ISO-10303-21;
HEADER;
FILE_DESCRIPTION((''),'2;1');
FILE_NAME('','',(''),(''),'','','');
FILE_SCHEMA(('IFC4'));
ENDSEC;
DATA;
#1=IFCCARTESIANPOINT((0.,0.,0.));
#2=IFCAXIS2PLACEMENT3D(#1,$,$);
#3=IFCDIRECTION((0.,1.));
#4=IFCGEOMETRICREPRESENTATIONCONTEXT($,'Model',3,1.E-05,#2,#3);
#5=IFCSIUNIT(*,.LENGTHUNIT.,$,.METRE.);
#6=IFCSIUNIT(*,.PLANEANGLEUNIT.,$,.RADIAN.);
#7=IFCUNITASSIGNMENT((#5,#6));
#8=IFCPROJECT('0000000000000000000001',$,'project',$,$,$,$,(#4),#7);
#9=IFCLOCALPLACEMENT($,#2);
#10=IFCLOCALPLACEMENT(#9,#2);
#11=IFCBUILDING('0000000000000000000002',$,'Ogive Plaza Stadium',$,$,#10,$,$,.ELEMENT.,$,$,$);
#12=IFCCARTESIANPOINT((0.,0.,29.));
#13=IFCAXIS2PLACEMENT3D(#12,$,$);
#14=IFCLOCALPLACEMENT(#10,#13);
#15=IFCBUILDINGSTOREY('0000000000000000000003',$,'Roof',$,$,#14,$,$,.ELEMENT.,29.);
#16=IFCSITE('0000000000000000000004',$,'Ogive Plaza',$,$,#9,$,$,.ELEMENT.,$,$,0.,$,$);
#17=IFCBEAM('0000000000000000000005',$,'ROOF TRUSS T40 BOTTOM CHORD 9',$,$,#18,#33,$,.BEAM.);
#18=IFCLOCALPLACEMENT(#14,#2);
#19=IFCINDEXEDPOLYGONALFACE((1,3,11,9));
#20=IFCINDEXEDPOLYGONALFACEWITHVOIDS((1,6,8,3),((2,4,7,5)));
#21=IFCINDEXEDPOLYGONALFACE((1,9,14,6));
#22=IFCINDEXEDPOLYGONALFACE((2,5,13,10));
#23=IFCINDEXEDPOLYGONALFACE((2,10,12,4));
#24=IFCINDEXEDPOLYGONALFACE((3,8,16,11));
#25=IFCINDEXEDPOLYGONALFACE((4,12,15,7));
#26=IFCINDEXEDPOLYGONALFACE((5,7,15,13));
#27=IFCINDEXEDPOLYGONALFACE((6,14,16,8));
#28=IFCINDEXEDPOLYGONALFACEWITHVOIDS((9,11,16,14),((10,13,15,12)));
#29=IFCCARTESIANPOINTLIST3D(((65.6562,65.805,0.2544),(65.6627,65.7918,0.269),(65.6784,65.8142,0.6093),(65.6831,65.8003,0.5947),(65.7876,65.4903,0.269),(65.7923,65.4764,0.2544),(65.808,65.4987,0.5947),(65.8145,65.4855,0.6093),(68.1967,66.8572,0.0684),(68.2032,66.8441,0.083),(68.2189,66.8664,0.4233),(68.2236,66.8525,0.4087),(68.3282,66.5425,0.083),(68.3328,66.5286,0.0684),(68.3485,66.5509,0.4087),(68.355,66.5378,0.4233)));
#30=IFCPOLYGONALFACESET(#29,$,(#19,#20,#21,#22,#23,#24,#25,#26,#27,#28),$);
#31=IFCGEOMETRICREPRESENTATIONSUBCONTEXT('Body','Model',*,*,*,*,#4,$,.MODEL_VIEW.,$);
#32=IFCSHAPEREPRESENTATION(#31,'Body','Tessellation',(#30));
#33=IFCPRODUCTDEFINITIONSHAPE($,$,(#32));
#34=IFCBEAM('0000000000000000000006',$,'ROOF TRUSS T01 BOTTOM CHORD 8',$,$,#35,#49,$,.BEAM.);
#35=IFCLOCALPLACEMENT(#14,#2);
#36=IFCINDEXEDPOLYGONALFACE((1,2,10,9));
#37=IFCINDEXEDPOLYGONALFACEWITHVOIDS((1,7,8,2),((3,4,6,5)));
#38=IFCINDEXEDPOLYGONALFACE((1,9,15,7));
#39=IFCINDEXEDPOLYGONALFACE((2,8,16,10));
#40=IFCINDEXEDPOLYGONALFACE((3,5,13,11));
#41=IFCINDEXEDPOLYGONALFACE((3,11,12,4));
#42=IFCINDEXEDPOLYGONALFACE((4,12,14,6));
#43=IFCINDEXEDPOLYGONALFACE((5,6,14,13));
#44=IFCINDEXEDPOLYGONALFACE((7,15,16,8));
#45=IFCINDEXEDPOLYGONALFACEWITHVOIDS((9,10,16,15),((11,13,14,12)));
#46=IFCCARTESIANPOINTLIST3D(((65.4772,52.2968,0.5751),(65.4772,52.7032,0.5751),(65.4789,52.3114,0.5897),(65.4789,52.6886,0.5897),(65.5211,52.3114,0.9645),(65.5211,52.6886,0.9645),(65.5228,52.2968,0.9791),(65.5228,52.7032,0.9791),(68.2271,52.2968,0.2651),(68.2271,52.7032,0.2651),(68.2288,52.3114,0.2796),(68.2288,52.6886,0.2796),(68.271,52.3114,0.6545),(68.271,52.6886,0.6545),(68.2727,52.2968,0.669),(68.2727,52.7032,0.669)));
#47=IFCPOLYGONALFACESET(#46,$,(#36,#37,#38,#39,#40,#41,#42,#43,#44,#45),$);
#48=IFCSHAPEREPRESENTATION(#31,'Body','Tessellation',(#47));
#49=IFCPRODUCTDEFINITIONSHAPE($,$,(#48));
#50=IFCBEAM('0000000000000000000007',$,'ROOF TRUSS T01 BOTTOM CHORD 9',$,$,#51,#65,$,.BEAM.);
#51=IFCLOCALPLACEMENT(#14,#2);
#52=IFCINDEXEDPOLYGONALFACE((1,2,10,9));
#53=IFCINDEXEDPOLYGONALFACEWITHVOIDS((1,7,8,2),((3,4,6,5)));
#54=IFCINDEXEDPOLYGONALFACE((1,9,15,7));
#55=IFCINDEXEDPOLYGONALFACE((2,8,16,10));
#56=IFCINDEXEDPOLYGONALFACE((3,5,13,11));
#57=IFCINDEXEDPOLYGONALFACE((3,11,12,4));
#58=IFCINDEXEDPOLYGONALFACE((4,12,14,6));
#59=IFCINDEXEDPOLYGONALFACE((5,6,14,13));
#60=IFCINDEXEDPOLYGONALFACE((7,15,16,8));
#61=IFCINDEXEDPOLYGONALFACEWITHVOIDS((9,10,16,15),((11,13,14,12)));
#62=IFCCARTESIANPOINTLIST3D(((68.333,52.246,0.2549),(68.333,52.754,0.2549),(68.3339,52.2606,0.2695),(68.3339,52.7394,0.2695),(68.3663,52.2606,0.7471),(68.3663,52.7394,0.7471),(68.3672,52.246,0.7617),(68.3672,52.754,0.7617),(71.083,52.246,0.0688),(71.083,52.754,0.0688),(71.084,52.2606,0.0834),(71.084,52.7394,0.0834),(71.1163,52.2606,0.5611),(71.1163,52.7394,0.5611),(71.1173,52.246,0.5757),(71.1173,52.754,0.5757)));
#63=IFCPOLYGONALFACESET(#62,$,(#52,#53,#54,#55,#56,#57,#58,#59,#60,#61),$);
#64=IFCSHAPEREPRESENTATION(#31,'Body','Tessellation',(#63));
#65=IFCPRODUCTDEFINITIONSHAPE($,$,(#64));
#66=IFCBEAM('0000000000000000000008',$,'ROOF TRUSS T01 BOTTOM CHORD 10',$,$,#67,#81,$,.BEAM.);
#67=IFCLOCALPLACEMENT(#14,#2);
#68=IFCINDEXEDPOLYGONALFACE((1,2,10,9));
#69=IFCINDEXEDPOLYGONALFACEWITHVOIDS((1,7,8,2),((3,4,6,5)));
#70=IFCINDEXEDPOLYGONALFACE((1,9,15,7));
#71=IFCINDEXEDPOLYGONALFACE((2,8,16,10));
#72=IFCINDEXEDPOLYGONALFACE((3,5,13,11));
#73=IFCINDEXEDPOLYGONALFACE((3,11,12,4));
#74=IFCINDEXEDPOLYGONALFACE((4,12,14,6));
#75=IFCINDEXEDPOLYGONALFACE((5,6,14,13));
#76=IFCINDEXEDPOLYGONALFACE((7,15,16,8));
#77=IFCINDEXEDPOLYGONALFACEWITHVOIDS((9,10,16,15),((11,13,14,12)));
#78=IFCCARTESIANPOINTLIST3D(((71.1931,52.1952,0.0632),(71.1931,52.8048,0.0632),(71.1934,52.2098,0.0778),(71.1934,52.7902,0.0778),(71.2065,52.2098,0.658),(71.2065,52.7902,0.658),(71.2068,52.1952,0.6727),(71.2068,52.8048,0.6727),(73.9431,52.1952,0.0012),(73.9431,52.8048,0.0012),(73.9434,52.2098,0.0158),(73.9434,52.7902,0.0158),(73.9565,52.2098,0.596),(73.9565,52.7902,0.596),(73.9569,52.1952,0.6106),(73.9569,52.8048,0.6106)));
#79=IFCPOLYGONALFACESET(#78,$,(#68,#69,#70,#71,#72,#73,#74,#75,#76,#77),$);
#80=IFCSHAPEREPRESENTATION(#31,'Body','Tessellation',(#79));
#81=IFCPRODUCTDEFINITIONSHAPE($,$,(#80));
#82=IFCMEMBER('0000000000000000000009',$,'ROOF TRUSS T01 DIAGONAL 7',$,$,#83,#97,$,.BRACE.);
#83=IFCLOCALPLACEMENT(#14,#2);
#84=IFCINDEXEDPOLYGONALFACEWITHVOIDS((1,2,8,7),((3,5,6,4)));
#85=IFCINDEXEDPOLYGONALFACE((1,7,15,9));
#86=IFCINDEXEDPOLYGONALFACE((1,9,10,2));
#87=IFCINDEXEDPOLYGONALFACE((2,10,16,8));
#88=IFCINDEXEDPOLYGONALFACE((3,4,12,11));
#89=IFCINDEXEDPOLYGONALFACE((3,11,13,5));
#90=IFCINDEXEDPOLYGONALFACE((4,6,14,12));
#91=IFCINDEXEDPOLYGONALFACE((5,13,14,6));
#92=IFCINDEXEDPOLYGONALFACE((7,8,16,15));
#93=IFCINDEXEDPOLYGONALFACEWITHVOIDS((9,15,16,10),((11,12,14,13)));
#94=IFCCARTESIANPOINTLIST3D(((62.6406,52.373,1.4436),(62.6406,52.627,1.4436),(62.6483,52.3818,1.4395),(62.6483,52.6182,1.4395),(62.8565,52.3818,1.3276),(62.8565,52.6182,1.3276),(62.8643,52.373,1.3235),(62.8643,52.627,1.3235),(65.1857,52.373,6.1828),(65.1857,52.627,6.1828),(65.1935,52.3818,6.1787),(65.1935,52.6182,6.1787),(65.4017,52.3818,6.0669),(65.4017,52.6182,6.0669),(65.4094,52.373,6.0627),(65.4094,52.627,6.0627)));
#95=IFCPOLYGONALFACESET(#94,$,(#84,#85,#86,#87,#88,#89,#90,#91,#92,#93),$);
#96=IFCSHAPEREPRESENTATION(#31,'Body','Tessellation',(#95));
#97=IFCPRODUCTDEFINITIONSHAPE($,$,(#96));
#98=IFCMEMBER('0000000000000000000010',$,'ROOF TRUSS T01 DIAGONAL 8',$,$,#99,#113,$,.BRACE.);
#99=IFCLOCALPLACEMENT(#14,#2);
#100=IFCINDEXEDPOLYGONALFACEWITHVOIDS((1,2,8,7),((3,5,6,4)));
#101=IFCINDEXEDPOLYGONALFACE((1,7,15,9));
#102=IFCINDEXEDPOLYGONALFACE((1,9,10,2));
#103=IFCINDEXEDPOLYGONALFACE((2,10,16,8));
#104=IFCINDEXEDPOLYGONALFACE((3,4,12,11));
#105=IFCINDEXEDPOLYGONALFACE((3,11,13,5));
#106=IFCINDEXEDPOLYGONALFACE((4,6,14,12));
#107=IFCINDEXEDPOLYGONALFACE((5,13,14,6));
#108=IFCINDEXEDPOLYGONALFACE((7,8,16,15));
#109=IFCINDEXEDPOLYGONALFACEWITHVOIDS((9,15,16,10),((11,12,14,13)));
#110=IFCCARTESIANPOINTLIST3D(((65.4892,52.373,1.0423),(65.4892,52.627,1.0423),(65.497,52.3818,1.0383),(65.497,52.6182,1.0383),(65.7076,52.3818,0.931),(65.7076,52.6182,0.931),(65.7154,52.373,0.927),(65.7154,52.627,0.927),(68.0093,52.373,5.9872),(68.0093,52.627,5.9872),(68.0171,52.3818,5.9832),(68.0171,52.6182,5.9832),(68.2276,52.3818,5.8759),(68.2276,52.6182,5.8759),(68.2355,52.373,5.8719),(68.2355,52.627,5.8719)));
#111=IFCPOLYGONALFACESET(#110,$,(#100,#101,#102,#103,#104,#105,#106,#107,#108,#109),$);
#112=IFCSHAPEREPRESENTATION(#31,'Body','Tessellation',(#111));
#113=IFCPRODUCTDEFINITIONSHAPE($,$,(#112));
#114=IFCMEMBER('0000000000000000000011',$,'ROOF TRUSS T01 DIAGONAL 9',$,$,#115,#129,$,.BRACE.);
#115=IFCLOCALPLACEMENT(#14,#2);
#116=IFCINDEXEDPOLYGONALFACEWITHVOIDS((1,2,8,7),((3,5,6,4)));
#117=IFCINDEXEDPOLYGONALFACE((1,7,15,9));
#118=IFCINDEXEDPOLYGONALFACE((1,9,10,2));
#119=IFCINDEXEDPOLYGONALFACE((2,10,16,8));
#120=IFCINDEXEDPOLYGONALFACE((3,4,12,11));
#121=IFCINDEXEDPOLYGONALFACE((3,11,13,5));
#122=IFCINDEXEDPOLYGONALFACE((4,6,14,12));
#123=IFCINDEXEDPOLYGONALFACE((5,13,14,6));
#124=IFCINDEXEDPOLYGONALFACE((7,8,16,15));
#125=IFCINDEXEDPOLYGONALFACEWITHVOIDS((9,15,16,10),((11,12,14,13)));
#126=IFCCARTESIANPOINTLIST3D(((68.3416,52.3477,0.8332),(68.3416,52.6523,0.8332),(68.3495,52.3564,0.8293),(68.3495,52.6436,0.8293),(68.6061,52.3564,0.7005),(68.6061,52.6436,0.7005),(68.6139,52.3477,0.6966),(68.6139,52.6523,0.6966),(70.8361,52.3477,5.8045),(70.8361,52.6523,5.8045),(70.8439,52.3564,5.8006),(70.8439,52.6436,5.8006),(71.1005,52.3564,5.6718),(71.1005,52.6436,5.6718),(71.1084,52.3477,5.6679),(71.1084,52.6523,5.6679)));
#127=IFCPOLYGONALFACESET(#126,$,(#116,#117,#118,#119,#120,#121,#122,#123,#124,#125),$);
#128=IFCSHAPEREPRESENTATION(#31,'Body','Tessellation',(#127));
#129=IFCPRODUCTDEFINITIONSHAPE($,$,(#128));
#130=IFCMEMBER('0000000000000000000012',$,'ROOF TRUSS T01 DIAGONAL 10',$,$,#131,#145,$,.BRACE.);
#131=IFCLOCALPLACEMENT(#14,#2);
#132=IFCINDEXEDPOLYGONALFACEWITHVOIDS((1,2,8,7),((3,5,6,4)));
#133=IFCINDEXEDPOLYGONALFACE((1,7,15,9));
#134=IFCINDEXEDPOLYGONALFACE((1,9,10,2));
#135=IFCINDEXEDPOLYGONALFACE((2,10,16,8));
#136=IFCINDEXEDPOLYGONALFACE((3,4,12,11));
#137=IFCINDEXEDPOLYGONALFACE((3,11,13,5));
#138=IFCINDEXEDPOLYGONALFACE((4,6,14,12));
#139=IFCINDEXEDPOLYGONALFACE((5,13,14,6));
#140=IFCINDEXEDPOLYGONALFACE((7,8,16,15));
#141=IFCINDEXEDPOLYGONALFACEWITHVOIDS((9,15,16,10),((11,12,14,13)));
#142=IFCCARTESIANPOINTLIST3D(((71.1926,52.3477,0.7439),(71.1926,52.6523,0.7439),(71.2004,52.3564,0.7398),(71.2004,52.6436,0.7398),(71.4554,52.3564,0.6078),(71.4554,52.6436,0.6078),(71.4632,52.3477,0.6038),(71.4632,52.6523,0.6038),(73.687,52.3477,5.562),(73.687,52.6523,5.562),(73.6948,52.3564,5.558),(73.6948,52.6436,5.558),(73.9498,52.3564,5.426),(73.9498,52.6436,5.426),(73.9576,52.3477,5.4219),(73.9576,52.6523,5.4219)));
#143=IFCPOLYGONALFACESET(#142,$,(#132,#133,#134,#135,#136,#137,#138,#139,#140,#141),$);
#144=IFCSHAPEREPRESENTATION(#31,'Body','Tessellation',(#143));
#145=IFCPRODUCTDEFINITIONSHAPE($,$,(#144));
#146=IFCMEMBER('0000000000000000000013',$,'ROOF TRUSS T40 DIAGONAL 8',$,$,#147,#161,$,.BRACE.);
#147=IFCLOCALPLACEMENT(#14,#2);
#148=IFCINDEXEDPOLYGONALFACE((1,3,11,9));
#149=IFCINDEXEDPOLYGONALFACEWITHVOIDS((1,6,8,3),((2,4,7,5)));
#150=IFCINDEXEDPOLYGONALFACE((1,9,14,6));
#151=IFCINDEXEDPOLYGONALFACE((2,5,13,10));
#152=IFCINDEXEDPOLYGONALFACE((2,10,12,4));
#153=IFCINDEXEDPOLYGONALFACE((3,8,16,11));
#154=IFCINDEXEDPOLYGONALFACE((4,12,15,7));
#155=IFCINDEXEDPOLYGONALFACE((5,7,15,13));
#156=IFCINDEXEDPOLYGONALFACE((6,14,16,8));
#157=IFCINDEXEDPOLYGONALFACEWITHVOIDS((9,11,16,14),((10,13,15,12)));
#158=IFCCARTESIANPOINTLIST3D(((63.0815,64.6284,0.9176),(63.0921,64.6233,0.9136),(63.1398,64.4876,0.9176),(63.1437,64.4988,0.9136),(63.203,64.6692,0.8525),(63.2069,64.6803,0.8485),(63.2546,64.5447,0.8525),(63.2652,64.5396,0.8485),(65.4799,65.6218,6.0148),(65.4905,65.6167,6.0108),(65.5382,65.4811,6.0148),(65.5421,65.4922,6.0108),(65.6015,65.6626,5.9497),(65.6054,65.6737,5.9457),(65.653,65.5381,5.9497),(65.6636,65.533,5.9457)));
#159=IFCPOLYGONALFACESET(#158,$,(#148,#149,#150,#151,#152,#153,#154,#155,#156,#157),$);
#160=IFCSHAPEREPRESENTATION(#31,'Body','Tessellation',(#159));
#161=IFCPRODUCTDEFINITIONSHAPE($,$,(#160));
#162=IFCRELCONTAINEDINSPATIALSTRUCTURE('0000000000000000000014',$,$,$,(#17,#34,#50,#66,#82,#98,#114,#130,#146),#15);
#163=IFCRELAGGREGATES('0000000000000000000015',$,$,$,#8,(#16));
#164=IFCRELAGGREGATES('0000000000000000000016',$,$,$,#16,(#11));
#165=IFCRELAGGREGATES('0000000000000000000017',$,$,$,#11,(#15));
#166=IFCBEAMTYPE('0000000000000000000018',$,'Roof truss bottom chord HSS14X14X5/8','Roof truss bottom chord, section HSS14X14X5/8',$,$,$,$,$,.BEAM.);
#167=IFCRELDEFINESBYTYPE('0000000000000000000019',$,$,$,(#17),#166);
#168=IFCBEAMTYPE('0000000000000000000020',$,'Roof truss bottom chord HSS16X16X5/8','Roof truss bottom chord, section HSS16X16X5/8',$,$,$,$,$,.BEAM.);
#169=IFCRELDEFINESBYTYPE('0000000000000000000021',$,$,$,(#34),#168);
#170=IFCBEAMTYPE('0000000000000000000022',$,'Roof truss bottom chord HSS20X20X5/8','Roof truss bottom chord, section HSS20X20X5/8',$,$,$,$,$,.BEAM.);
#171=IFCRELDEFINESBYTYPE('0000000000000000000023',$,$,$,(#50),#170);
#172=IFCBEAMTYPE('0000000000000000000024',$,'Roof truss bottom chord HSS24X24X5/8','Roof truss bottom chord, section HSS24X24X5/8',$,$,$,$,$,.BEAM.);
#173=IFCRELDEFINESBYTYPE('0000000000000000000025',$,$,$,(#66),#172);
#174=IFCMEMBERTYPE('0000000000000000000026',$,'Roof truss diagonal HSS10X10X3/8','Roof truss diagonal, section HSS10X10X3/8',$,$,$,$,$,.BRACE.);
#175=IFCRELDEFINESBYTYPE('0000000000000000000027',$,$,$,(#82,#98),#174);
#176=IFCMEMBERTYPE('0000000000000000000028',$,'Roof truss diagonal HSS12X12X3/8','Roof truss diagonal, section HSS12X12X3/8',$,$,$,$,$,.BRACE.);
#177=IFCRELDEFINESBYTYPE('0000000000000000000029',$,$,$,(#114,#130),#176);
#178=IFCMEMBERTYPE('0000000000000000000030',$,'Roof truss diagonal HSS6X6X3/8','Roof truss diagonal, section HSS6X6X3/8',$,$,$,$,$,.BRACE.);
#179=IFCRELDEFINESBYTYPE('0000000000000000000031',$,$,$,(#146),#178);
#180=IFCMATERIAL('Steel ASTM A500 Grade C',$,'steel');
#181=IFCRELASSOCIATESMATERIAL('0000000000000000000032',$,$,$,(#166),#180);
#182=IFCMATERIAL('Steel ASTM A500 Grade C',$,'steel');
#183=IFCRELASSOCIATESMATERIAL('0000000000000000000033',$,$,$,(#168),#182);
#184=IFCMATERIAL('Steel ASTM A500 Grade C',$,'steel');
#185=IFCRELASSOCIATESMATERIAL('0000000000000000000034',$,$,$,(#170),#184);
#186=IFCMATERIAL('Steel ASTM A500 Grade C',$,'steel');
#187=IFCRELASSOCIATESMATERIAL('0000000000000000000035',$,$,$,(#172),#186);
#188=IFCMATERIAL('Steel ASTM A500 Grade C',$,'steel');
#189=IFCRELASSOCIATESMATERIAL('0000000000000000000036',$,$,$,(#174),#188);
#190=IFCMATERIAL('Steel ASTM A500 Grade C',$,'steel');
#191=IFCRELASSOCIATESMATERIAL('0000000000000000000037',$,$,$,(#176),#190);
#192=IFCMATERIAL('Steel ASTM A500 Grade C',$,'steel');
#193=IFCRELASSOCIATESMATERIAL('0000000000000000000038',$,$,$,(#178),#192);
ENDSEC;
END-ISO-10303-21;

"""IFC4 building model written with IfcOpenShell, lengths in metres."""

from ifc_helpers import new_model, si_unit, direction, frame, origin, origin_2d, place, context, subcontext, project, spatial, hollow_rectangle, extrude, material, material_profile, profile_set, type_object, element, save


model = new_model("IFC4")

# Units and contexts
model_context = context("Model", 3, precision=1e-05, world=origin(), true_north=direction((0.0, 1.0)))
body_context = subcontext(model_context, "Body", "Model", "MODEL_VIEW")
ifc_project = project(units=[si_unit("LENGTHUNIT", "METRE"), si_unit("PLANEANGLEUNIT", "RADIAN")], contexts=[model_context])

# Site, building, storey
site_placement = place(None, origin())
site = spatial("IfcSite", under=ifc_project, at=site_placement, Name="Ogive Plaza", CompositionType="ELEMENT", RefElevation=0.0)
building_placement = place(site_placement, origin())
building = spatial("IfcBuilding", under=site, at=building_placement, Name="Ogive Plaza Stadium", CompositionType="ELEMENT")
storey_placement = place(building_placement, frame((0.0, 0.0, 29.0)))
storey = spatial("IfcBuildingStorey", under=building, at=storey_placement, Name="Roof", CompositionType="ELEMENT", Elevation=29.0)

# Beams
ifc_material_1 = material(Name="Steel ASTM A500 Grade C", Category="steel")
ifc_material_profile_1 = material_profile(ifc_material_1, hollow_rectangle(XDim=0.3557, YDim=0.3557, WallThickness=0.0146, at=origin_2d()), Name="HSS14X14X5/8")
ifc_profile_set_1 = profile_set([ifc_material_profile_1], Name="Steel ASTM A500 Grade C")
beam_type_1 = type_object("IfcBeamType", Name="Roof truss bottom chord HSS14X14X5/8", Description="Roof truss bottom chord, section HSS14X14X5/8", PredefinedType="BEAM", material=ifc_profile_set_1)
beam_1_placement = place(storey_placement, frame((65.7354, 65.6453, 0.4319), z_axis=(0.921782, 0.381787, -0.067499), x_axis=(-0.38266, 0.923889, 0.0)))
element("IfcBeam", 1, at=beam_1_placement, inside=storey, type_object=beam_type_1, Name="ROOF TRUSS T40 BOTTOM CHORD 9", PredefinedType="BEAM", context=body_context, shape_type="SweptSolid", body=[
    extrude(hollow_rectangle(XDim=0.3557, YDim=0.3557, WallThickness=0.0146, at=origin_2d()), origin(), (0.0, 0.0, 1.0), 2.7561),
])
ifc_material_2 = material(Name="Steel ASTM A500 Grade C", Category="steel")
ifc_material_profile_2 = material_profile(ifc_material_2, hollow_rectangle(XDim=0.4065, YDim=0.4065, WallThickness=0.0146, at=origin_2d()), Name="HSS16X16X5/8")
ifc_profile_set_2 = profile_set([ifc_material_profile_2], Name="Steel ASTM A500 Grade C")
beam_type_2 = type_object("IfcBeamType", Name="Roof truss bottom chord HSS16X16X5/8", Description="Roof truss bottom chord, section HSS16X16X5/8", PredefinedType="BEAM", material=ifc_profile_set_2)
beam_2_placement = place(storey_placement, frame((65.5, 52.5, 0.7771), z_axis=(0.993704, 0.0, -0.112039), x_axis=(0.0, 1.0, 0.0)))
element("IfcBeam", 2, at=beam_2_placement, inside=storey, type_object=beam_type_2, Name="ROOF TRUSS T01 BOTTOM CHORD 8", PredefinedType="BEAM", context=body_context, shape_type="SweptSolid", body=[
    extrude(hollow_rectangle(XDim=0.4065, YDim=0.4065, WallThickness=0.0146, at=origin_2d()), origin(), (0.0, 0.0, 1.0), 2.7673),
])
ifc_material_3 = material(Name="Steel ASTM A500 Grade C", Category="steel")
ifc_material_profile_3 = material_profile(ifc_material_3, hollow_rectangle(XDim=0.5081, YDim=0.5081, WallThickness=0.0146, at=origin_2d()), Name="HSS20X20X5/8")
ifc_profile_set_3 = profile_set([ifc_material_profile_3], Name="Steel ASTM A500 Grade C")
beam_type_3 = type_object("IfcBeamType", Name="Roof truss bottom chord HSS20X20X5/8", Description="Roof truss bottom chord, section HSS20X20X5/8", PredefinedType="BEAM", material=ifc_profile_set_3)
beam_3_placement = place(storey_placement, frame((68.3501, 52.5, 0.5083), z_axis=(0.99772, 0.0, -0.067495), x_axis=(0.0, 1.0, 0.0)))
element("IfcBeam", 3, at=beam_3_placement, inside=storey, type_object=beam_type_3, Name="ROOF TRUSS T01 BOTTOM CHORD 9", PredefinedType="BEAM", context=body_context, shape_type="SweptSolid", body=[
    extrude(hollow_rectangle(XDim=0.5081, YDim=0.5081, WallThickness=0.0146, at=origin_2d()), origin(), (0.0, 0.0, 1.0), 2.7563),
])
ifc_material_4 = material(Name="Steel ASTM A500 Grade C", Category="steel")
ifc_material_profile_4 = material_profile(ifc_material_4, hollow_rectangle(XDim=0.6096, YDim=0.6096, WallThickness=0.0146, at=origin_2d()), Name="HSS24X24X5/8")
ifc_profile_set_4 = profile_set([ifc_material_profile_4], Name="Steel ASTM A500 Grade C")
beam_type_4 = type_object("IfcBeamType", Name="Roof truss bottom chord HSS24X24X5/8", Description="Roof truss bottom chord, section HSS24X24X5/8", PredefinedType="BEAM", material=ifc_profile_set_4)
beam_4_placement = place(storey_placement, frame((71.2, 52.5, 0.3679), z_axis=(0.999746, 0.0, -0.022544), x_axis=(0.0, 1.0, 0.0)))
element("IfcBeam", 4, at=beam_4_placement, inside=storey, type_object=beam_type_4, Name="ROOF TRUSS T01 BOTTOM CHORD 10", PredefinedType="BEAM", context=body_context, shape_type="SweptSolid", body=[
    extrude(hollow_rectangle(XDim=0.6096, YDim=0.6096, WallThickness=0.0146, at=origin_2d()), origin(), (0.0, 0.0, 1.0), 2.7507),
])

# Members
ifc_material_5 = material(Name="Steel ASTM A500 Grade C", Category="steel")
ifc_material_profile_5 = material_profile(ifc_material_5, hollow_rectangle(XDim=0.2539, YDim=0.2539, WallThickness=0.0088, at=origin_2d()), Name="HSS10X10X3/8")
ifc_profile_set_5 = profile_set([ifc_material_profile_5], Name="Steel ASTM A500 Grade C")
member_type_1 = type_object("IfcMemberType", Name="Roof truss diagonal HSS10X10X3/8", Description="Roof truss diagonal, section HSS10X10X3/8", PredefinedType="BRACE", material=ifc_profile_set_5)
member_1_placement = place(storey_placement, frame((62.7524, 52.5, 1.3835), z_axis=(0.473128, 0.0, 0.880994), x_axis=(0.0, 1.0, 0.0)))
element("IfcMember", 5, at=member_1_placement, inside=storey, type_object=member_type_1, Name="ROOF TRUSS T01 DIAGONAL 7", PredefinedType="BRACE", context=body_context, shape_type="SweptSolid", body=[
    extrude(hollow_rectangle(XDim=0.2539, YDim=0.2539, WallThickness=0.0088, at=origin_2d()), origin(), (0.0, 0.0, 1.0), 5.3794),
])
member_2_placement = place(storey_placement, frame((65.6023, 52.5, 0.9846), z_axis=(0.454063, 0.0, 0.89097), x_axis=(0.0, 1.0, 0.0)))
element("IfcMember", 6, at=member_2_placement, inside=storey, type_object=member_type_1, Name="ROOF TRUSS T01 DIAGONAL 8", PredefinedType="BRACE", context=body_context, shape_type="SweptSolid", body=[
    extrude(hollow_rectangle(XDim=0.2539, YDim=0.2539, WallThickness=0.0088, at=origin_2d()), origin(), (0.0, 0.0, 1.0), 5.55),
])
ifc_material_6 = material(Name="Steel ASTM A500 Grade C", Category="steel")
ifc_material_profile_6 = material_profile(ifc_material_6, hollow_rectangle(XDim=0.3047, YDim=0.3047, WallThickness=0.0088, at=origin_2d()), Name="HSS12X12X3/8")
ifc_profile_set_6 = profile_set([ifc_material_profile_6], Name="Steel ASTM A500 Grade C")
member_type_2 = type_object("IfcMemberType", Name="Roof truss diagonal HSS12X12X3/8", Description="Roof truss diagonal, section HSS12X12X3/8", PredefinedType="BRACE", material=ifc_profile_set_6)
member_3_placement = place(storey_placement, frame((68.4778, 52.5, 0.7649), z_axis=(0.448477, 0.0, 0.893794), x_axis=(0.0, 1.0, 0.0)))
element("IfcMember", 7, at=member_3_placement, inside=storey, type_object=member_type_2, Name="ROOF TRUSS T01 DIAGONAL 9", PredefinedType="BRACE", context=body_context, shape_type="SweptSolid", body=[
    extrude(hollow_rectangle(XDim=0.3047, YDim=0.3047, WallThickness=0.0088, at=origin_2d()), origin(), (0.0, 0.0, 1.0), 5.562),
])
member_4_placement = place(storey_placement, frame((71.3279, 52.5, 0.6738), z_axis=(0.459751, 0.0, 0.888048), x_axis=(0.0, 1.0, 0.0)))
element("IfcMember", 8, at=member_4_placement, inside=storey, type_object=member_type_2, Name="ROOF TRUSS T01 DIAGONAL 10", PredefinedType="BRACE", context=body_context, shape_type="SweptSolid", body=[
    extrude(hollow_rectangle(XDim=0.3047, YDim=0.3047, WallThickness=0.0088, at=origin_2d()), origin(), (0.0, 0.0, 1.0), 5.4255),
])
ifc_material_7 = material(Name="Steel ASTM A500 Grade C", Category="steel")
ifc_material_profile_7 = material_profile(ifc_material_7, hollow_rectangle(XDim=0.1523, YDim=0.1523, WallThickness=0.0088, at=origin_2d()), Name="HSS6X6X3/8")
ifc_profile_set_7 = profile_set([ifc_material_profile_7], Name="Steel ASTM A500 Grade C")
member_type_3 = type_object("IfcMemberType", Name="Roof truss diagonal HSS6X6X3/8", Description="Roof truss diagonal, section HSS6X6X3/8", PredefinedType="BRACE", material=ifc_profile_set_7)
member_5_placement = place(storey_placement, frame((63.1733, 64.584, 0.8831), z_axis=(0.419294, 0.173667, 0.891085), x_axis=(-0.382665, 0.923887, 0.0)))
element("IfcMember", 9, at=member_5_placement, inside=storey, type_object=member_type_3, Name="ROOF TRUSS T40 DIAGONAL 8", PredefinedType="BRACE", context=body_context, shape_type="SweptSolid", body=[
    extrude(hollow_rectangle(XDim=0.1523, YDim=0.1523, WallThickness=0.0088, at=origin_2d()), origin(), (0.0, 0.0, 1.0), 5.7202),
])

save(model, "model.ifc")
